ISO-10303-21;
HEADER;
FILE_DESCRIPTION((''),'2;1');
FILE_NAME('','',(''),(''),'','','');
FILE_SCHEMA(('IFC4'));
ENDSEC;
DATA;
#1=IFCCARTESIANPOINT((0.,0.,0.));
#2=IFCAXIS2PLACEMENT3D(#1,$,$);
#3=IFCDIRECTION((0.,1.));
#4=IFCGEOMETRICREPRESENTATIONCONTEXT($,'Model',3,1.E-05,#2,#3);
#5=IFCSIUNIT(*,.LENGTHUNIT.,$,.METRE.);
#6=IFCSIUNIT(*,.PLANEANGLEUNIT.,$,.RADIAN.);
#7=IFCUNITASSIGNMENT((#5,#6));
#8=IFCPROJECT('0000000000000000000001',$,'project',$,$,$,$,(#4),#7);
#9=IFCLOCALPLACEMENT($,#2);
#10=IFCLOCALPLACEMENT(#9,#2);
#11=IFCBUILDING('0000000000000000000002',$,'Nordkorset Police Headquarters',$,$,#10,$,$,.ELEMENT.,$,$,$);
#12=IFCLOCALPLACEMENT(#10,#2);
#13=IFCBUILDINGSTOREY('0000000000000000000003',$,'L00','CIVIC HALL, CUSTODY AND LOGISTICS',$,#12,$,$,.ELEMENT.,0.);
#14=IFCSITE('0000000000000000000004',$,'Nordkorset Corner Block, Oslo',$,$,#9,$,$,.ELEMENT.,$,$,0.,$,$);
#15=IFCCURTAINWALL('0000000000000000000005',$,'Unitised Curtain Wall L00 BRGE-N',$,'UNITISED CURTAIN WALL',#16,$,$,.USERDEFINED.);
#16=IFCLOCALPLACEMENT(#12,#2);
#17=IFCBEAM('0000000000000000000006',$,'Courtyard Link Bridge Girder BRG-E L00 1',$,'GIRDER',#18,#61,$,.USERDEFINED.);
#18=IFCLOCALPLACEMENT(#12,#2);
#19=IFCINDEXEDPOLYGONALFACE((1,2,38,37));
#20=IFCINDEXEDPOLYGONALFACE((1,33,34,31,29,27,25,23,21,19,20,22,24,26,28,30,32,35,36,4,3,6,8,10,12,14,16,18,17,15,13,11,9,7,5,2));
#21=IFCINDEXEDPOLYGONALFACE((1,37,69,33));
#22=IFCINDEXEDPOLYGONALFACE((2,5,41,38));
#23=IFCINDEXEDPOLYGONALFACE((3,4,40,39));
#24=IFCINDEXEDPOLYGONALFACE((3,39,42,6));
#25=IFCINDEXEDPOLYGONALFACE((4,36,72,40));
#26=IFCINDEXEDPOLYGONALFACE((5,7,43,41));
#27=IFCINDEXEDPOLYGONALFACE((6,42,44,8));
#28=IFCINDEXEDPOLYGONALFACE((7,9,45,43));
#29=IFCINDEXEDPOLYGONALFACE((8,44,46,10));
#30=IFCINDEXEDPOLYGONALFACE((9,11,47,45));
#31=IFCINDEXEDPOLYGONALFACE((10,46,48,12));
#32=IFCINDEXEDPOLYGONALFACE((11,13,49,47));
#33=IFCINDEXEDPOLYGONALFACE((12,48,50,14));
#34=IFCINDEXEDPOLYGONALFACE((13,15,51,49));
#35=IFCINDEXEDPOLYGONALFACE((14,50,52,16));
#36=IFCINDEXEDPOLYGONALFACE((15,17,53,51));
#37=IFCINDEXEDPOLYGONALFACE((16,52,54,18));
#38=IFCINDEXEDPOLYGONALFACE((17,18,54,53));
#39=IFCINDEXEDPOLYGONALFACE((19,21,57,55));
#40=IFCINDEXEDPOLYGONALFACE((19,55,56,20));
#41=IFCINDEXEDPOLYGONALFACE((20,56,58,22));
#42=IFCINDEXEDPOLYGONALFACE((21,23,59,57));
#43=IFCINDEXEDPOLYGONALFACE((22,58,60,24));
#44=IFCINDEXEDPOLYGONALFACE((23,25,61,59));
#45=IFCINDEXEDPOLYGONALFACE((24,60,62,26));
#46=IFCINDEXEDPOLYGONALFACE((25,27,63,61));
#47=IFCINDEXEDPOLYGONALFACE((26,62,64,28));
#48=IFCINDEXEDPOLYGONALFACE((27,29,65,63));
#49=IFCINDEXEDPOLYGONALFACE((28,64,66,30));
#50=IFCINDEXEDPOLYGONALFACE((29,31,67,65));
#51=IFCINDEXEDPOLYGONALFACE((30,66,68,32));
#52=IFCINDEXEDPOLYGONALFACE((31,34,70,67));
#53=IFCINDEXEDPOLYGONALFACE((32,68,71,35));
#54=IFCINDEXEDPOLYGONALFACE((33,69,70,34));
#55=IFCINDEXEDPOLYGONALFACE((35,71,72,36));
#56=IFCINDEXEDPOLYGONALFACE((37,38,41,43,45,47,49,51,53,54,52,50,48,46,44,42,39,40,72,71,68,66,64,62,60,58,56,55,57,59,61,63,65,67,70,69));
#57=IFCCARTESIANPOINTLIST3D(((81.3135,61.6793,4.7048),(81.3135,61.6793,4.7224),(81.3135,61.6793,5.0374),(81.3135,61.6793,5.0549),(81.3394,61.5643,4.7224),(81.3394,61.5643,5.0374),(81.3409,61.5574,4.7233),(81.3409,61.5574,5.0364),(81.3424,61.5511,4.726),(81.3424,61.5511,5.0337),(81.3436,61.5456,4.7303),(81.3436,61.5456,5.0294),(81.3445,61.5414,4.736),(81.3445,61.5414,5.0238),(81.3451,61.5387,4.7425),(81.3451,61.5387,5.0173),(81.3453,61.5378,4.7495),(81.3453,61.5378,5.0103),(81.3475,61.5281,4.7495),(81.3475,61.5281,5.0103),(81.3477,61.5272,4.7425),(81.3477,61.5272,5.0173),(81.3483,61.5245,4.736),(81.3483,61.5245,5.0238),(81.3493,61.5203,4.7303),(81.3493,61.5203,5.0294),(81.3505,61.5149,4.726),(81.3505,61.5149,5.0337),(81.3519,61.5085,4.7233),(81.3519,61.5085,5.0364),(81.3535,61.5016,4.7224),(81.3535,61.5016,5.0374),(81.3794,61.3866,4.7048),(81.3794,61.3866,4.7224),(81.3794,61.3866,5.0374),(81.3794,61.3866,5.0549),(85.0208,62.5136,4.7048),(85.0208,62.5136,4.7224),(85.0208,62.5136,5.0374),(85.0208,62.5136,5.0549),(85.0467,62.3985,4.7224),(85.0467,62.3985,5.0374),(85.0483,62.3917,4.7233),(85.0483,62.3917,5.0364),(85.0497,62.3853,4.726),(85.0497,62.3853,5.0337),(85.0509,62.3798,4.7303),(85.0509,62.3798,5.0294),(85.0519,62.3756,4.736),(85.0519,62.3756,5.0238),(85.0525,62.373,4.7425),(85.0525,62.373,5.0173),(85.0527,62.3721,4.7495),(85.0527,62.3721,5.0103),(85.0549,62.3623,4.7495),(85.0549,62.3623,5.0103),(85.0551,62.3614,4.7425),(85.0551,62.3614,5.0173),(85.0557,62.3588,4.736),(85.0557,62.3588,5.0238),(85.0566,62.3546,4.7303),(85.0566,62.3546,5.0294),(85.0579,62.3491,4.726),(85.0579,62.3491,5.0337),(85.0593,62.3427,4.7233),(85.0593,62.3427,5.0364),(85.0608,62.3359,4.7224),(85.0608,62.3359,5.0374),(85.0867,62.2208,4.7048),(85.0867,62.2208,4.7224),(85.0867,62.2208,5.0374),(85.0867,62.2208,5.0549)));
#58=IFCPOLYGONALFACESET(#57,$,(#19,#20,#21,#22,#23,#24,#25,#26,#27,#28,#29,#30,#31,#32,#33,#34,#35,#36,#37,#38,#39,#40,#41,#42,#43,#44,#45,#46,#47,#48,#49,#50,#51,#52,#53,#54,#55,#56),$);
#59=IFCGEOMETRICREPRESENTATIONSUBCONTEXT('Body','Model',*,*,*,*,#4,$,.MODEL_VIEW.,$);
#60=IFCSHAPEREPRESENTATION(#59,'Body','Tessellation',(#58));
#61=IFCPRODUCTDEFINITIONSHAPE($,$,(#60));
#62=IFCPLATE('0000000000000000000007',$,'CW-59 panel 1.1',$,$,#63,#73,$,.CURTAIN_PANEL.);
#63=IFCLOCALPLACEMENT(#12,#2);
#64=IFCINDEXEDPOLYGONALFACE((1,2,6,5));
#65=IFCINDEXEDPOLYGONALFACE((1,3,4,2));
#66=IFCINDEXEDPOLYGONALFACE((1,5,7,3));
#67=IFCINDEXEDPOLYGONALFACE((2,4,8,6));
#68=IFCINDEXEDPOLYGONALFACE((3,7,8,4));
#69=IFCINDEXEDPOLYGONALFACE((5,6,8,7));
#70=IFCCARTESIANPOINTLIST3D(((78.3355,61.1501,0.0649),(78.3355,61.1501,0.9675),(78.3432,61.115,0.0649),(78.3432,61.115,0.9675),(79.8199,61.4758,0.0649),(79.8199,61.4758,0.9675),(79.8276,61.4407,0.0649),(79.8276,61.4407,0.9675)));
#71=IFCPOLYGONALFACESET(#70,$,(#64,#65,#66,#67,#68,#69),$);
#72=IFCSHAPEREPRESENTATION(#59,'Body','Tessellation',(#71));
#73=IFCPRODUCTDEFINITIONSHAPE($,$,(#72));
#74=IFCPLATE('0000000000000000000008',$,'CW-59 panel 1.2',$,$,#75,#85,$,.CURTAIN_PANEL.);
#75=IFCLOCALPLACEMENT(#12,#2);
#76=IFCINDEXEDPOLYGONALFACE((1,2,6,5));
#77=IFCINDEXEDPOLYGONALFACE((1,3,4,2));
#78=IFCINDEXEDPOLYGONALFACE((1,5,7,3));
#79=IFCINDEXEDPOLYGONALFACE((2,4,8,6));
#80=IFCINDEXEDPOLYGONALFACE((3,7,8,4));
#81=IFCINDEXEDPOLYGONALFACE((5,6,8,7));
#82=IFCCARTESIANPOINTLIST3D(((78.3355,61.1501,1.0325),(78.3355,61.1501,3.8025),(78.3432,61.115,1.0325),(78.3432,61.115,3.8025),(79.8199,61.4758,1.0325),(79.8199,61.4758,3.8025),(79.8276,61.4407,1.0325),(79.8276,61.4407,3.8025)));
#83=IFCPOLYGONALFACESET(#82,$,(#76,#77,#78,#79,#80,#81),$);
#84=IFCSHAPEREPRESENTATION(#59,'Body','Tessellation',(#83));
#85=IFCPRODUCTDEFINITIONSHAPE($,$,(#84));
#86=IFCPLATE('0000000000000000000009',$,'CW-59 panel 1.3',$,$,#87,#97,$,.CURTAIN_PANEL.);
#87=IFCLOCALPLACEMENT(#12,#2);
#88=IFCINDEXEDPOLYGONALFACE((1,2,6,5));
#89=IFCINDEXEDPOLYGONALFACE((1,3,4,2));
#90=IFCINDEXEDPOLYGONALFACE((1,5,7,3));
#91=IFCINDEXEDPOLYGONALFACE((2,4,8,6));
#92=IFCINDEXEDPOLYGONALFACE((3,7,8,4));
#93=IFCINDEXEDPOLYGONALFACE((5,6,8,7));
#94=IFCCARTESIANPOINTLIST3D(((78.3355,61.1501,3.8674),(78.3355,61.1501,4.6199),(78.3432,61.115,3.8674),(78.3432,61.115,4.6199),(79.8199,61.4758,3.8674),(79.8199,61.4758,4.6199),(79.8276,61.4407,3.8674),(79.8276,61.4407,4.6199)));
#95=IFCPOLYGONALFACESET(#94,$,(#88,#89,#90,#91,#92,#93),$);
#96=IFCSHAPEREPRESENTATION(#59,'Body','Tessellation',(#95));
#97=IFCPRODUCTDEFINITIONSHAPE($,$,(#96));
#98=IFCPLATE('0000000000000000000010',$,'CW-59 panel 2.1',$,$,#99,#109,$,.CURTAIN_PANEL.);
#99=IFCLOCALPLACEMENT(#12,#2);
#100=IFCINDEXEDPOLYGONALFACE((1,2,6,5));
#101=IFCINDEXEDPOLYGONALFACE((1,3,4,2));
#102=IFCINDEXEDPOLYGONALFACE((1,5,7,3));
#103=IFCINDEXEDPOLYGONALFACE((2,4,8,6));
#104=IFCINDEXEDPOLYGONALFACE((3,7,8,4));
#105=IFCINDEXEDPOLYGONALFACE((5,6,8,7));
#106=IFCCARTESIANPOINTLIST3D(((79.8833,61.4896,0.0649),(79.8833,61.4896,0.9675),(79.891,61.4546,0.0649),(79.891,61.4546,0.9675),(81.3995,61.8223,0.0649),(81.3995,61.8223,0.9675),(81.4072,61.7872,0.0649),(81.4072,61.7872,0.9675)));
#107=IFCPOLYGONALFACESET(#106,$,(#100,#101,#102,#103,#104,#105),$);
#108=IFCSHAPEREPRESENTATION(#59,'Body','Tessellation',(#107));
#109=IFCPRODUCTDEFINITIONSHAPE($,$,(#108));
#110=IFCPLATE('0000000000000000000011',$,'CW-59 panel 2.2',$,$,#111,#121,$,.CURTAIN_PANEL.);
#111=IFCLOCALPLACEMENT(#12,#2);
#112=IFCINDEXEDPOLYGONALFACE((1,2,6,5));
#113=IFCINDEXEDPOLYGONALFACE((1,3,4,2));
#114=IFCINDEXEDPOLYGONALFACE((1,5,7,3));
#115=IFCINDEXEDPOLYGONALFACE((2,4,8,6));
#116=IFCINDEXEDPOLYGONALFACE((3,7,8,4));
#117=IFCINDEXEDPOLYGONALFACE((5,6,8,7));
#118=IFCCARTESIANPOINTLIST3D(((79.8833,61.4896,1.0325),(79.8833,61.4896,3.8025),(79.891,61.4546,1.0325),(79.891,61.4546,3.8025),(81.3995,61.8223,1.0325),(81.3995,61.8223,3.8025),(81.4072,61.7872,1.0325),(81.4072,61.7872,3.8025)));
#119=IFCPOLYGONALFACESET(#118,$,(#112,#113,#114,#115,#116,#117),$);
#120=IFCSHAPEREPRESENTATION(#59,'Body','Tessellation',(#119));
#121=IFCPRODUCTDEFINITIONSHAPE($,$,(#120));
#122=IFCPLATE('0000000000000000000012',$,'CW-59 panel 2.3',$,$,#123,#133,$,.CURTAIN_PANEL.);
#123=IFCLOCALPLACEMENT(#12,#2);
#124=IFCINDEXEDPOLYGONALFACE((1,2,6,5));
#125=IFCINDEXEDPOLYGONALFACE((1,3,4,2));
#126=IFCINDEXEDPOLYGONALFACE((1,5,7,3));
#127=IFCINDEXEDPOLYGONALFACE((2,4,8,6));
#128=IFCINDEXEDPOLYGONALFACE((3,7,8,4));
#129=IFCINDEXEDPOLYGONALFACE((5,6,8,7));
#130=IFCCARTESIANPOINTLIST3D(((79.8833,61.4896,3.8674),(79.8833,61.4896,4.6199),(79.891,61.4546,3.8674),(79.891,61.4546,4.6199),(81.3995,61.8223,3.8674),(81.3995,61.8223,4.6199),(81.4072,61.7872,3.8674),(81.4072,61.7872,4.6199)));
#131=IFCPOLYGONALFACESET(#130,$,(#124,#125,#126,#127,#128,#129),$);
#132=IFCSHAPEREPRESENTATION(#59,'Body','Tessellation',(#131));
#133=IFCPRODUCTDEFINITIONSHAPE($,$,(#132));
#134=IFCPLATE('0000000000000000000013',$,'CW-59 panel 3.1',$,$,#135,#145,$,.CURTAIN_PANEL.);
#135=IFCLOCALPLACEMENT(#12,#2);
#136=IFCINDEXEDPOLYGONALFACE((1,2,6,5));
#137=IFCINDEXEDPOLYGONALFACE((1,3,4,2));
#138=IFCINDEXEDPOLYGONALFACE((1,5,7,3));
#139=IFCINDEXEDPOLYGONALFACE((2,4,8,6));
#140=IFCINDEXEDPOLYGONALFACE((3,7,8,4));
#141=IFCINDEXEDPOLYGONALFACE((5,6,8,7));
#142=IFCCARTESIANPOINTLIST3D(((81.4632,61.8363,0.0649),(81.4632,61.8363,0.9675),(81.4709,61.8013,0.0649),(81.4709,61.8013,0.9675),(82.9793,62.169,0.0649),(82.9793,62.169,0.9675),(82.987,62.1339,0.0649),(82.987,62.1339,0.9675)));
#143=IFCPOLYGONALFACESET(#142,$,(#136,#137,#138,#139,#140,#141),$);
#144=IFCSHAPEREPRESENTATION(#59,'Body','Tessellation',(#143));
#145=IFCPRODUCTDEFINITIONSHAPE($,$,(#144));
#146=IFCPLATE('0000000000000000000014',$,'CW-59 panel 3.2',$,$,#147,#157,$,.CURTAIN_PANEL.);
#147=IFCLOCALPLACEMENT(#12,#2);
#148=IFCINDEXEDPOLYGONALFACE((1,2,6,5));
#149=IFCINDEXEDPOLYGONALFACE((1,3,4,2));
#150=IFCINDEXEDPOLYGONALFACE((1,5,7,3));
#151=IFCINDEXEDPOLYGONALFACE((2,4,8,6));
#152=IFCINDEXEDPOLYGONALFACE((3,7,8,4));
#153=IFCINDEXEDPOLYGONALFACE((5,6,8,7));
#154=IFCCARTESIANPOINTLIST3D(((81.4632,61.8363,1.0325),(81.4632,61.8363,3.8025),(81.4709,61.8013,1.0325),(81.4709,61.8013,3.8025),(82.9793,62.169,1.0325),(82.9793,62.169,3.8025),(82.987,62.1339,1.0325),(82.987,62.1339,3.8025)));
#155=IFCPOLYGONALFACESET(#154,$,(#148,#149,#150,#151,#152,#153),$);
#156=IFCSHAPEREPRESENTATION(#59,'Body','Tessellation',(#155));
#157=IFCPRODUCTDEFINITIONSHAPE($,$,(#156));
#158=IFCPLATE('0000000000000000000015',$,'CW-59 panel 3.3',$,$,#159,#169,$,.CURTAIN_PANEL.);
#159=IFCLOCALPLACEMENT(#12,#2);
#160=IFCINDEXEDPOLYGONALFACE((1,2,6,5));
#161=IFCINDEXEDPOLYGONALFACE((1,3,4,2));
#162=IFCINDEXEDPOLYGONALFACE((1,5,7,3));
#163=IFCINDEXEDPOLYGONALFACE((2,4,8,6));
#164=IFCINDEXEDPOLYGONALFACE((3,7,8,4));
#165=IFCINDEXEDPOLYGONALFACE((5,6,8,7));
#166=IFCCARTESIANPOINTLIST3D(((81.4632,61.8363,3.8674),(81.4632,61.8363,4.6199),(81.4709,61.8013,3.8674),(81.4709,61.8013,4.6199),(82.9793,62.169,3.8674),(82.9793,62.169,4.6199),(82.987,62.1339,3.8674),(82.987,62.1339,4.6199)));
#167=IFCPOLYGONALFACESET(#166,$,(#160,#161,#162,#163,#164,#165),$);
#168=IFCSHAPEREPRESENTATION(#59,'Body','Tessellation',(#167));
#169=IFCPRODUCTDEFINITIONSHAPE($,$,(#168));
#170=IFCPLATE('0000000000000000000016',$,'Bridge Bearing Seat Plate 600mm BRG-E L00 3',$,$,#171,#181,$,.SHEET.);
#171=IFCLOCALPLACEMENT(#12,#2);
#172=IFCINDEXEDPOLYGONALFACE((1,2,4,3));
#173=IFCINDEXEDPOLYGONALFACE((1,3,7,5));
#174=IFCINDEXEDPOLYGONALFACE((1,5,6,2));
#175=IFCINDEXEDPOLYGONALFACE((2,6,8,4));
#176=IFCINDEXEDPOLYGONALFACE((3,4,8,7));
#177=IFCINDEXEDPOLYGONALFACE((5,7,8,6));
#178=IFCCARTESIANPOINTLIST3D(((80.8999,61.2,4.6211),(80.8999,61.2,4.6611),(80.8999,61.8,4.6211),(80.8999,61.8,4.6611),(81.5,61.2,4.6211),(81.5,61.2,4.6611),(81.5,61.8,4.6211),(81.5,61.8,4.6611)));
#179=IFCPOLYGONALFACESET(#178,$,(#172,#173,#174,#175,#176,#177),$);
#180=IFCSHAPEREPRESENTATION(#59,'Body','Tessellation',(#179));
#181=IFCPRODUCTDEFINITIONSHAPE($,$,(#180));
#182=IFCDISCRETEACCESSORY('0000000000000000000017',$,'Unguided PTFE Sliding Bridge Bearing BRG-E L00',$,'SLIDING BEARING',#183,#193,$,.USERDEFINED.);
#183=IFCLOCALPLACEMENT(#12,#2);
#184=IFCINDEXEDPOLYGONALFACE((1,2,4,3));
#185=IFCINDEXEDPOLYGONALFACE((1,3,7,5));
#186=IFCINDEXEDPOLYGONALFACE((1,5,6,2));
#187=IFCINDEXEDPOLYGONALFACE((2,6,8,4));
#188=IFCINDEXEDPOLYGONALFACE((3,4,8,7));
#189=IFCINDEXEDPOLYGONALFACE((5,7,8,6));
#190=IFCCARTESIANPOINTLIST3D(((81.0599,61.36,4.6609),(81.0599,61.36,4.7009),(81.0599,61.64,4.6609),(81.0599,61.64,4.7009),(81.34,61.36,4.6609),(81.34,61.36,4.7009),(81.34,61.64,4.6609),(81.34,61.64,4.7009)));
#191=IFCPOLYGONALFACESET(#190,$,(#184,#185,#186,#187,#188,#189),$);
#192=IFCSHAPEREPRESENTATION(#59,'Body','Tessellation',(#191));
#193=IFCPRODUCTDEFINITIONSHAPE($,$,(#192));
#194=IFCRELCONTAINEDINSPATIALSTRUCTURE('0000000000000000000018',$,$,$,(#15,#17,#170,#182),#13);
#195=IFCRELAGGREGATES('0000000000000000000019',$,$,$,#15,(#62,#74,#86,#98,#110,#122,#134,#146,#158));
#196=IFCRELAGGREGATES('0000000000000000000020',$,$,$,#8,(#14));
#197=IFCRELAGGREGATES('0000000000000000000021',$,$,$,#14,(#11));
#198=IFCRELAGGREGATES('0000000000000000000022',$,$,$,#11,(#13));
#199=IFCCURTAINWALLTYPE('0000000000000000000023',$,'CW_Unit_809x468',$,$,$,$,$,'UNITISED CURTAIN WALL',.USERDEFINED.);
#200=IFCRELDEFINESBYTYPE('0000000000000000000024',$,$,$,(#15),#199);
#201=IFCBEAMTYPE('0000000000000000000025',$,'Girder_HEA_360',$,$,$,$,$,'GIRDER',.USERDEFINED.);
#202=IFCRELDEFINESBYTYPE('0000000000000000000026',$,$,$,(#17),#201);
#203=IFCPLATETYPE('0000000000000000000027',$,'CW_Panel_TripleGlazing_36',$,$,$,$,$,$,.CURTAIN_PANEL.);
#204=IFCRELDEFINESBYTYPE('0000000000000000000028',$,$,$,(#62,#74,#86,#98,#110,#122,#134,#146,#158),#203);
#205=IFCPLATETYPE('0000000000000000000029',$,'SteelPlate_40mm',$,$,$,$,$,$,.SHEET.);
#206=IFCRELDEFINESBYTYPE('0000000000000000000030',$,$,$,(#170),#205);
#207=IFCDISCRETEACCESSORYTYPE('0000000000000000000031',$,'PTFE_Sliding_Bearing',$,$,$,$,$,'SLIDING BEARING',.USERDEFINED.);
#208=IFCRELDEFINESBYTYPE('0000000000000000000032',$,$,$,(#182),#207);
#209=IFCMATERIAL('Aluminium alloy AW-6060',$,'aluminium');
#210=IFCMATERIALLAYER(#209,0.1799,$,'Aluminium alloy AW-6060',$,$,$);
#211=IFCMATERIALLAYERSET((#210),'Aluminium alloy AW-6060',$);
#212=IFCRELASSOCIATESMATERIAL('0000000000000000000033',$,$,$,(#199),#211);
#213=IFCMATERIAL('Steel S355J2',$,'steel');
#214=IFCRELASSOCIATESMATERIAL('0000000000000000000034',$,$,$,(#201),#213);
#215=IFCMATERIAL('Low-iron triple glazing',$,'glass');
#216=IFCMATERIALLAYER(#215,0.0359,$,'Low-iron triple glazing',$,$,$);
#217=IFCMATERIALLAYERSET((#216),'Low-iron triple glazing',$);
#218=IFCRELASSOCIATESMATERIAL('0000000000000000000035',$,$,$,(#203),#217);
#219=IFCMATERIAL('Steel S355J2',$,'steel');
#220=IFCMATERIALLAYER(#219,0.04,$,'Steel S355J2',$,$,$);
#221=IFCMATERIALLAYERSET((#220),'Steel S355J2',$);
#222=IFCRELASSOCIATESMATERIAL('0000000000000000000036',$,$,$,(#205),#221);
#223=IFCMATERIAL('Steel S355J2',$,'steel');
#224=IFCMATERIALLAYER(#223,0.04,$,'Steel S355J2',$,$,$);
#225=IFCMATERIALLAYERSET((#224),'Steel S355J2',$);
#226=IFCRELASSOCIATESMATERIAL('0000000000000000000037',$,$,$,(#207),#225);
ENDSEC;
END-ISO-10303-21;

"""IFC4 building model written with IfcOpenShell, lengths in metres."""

from ifc_helpers import new_model, si_unit, direction, frame, origin, origin_2d, place, context, subcontext, project, spatial, rectangle, i_section, extrude, material, layer, layer_set, material_profile, profile_set, type_object, element, aggregate, save


model = new_model("IFC4")

# Units and contexts
model_context = context("Model", 3, precision=1e-05, world=origin(), true_north=direction((0.0, 1.0)))
body_context = subcontext(model_context, "Body", "Model", "MODEL_VIEW")
ifc_project = project(units=[si_unit("LENGTHUNIT", "METRE"), si_unit("PLANEANGLEUNIT", "RADIAN")], contexts=[model_context])

# Site, building, storey
site_placement = place(None, origin())
site = spatial("IfcSite", under=ifc_project, at=site_placement, Name="Nordkorset Corner Block, Oslo", CompositionType="ELEMENT", RefElevation=0.0)
building_placement = place(site_placement, origin())
building = spatial("IfcBuilding", under=site, at=building_placement, Name="Nordkorset Police Headquarters", CompositionType="ELEMENT")
storey_placement = place(building_placement, origin())
storey = spatial("IfcBuildingStorey", under=building, at=storey_placement, Name="L00", Description="CIVIC HALL, CUSTODY AND LOGISTICS", CompositionType="ELEMENT", Elevation=0.0)

# Curtain wall
ifc_material_1 = material(Name="Aluminium alloy AW-6060", Category="aluminium")
ifc_layer_1 = layer(ifc_material_1, 0.1799, Name="Aluminium alloy AW-6060")
ifc_layer_set_1 = layer_set([ifc_layer_1], Name="Aluminium alloy AW-6060")
curtain_wall_type = type_object("IfcCurtainWallType", Name="CW_Unit_809x468", ElementType="UNITISED CURTAIN WALL", PredefinedType="USERDEFINED", material=ifc_layer_set_1)
curtain_wall_placement = place(storey_placement, origin())
curtain_wall = element("IfcCurtainWall", 1, at=curtain_wall_placement, inside=storey, type_object=curtain_wall_type, Name="Unitised Curtain Wall L00 BRGE-N", ObjectType="UNITISED CURTAIN WALL", PredefinedType="USERDEFINED")

# Beam
ifc_material_2 = material(Name="Steel S355J2", Category="steel")
ifc_material_profile_1 = material_profile(ifc_material_2, i_section(OverallWidth=0.3, OverallDepth=0.3501, WebThickness=0.01, FlangeThickness=0.0176, FilletRadius=0.0271, at=origin_2d()), Name="HEA 360")
ifc_profile_set_1 = profile_set([ifc_material_profile_1], Name="Steel S355J2")
beam_type = type_object("IfcBeamType", Name="Girder_HEA_360", ElementType="GIRDER", PredefinedType="USERDEFINED", material=ifc_profile_set_1)
beam_placement = place(storey_placement, frame((81.3464, 61.533, 4.8799), z_axis=(0.975605, 0.219535, 0.0), x_axis=(-0.219535, 0.975605, 0.0)))
element("IfcBeam", 2, at=beam_placement, inside=storey, type_object=beam_type, Name="Courtyard Link Bridge Girder BRG-E L00 1", ObjectType="GIRDER", PredefinedType="USERDEFINED", context=body_context, shape_type="SweptSolid", body=[
    extrude(i_section(OverallWidth=0.3, OverallDepth=0.3501, WebThickness=0.01, FlangeThickness=0.0176, FilletRadius=0.0271, at=origin_2d()), origin(), (0.0, 0.0, 1.0), 3.8),
])

# Plates
ifc_material_3 = material(Name="Low-iron triple glazing", Category="glass")
ifc_layer_2 = layer(ifc_material_3, 0.0359, Name="Low-iron triple glazing")
ifc_layer_set_2 = layer_set([ifc_layer_2], Name="Low-iron triple glazing")
plate_type_1 = type_object("IfcPlateType", Name="CW_Panel_TripleGlazing_36", PredefinedType="CURTAIN_PANEL", material=ifc_layer_set_2)
plate_1_placement = place(storey_placement, frame((79.0815, 61.2954, 0.0649), z_axis=(0.0, 0.0, 1.0), x_axis=(0.976768, 0.214298, 0.0)))
plate_1 = element("IfcPlate", 3, at=plate_1_placement, type_object=plate_type_1, Name="CW-59 panel 1.1", PredefinedType="CURTAIN_PANEL", context=body_context, shape_type="SweptSolid", body=[
    extrude(rectangle(XDim=1.5198, YDim=0.0359, at=origin_2d()), origin(), (0.0, 0.0, 1.0), 0.9026),
])
plate_2_placement = place(storey_placement, frame((79.0815, 61.2954, 1.0325), z_axis=(0.0, 0.0, 1.0), x_axis=(0.976768, 0.214298, 0.0)))
plate_2 = element("IfcPlate", 4, at=plate_2_placement, type_object=plate_type_1, Name="CW-59 panel 1.2", PredefinedType="CURTAIN_PANEL", context=body_context, shape_type="SweptSolid", body=[
    extrude(rectangle(XDim=1.5198, YDim=0.0359, at=origin_2d()), origin(), (0.0, 0.0, 1.0), 2.77),
])
plate_3_placement = place(storey_placement, frame((79.0815, 61.2954, 3.8674), z_axis=(0.0, 0.0, 1.0), x_axis=(0.976768, 0.214298, 0.0)))
plate_3 = element("IfcPlate", 5, at=plate_3_placement, type_object=plate_type_1, Name="CW-59 panel 1.3", PredefinedType="CURTAIN_PANEL", context=body_context, shape_type="SweptSolid", body=[
    extrude(rectangle(XDim=1.5198, YDim=0.0359, at=origin_2d()), origin(), (0.0, 0.0, 1.0), 0.7524),
])
plate_4_placement = place(storey_placement, frame((80.6453, 61.6384, 0.0649), z_axis=(0.0, 0.0, 1.0), x_axis=(0.976768, 0.214298, 0.0)))
plate_4 = element("IfcPlate", 6, at=plate_4_placement, type_object=plate_type_1, Name="CW-59 panel 2.1", PredefinedType="CURTAIN_PANEL", context=body_context, shape_type="SweptSolid", body=[
    extrude(rectangle(XDim=1.5522, YDim=0.0359, at=origin_2d()), origin(), (0.0, 0.0, 1.0), 0.9026),
])
plate_5_placement = place(storey_placement, frame((80.6453, 61.6384, 1.0325), z_axis=(0.0, 0.0, 1.0), x_axis=(0.976768, 0.214298, 0.0)))
plate_5 = element("IfcPlate", 7, at=plate_5_placement, type_object=plate_type_1, Name="CW-59 panel 2.2", PredefinedType="CURTAIN_PANEL", context=body_context, shape_type="SweptSolid", body=[
    extrude(rectangle(XDim=1.5522, YDim=0.0359, at=origin_2d()), origin(), (0.0, 0.0, 1.0), 2.77),
])
plate_6_placement = place(storey_placement, frame((80.6453, 61.6384, 3.8674), z_axis=(0.0, 0.0, 1.0), x_axis=(0.976768, 0.214298, 0.0)))
plate_6 = element("IfcPlate", 8, at=plate_6_placement, type_object=plate_type_1, Name="CW-59 panel 2.3", PredefinedType="CURTAIN_PANEL", context=body_context, shape_type="SweptSolid", body=[
    extrude(rectangle(XDim=1.5522, YDim=0.0359, at=origin_2d()), origin(), (0.0, 0.0, 1.0), 0.7524),
])
plate_7_placement = place(storey_placement, frame((82.2251, 61.9851, 0.0649), z_axis=(0.0, 0.0, 1.0), x_axis=(0.976768, 0.214298, 0.0)))
plate_7 = element("IfcPlate", 9, at=plate_7_placement, type_object=plate_type_1, Name="CW-59 panel 3.1", PredefinedType="CURTAIN_PANEL", context=body_context, shape_type="SweptSolid", body=[
    extrude(rectangle(XDim=1.5522, YDim=0.0359, at=origin_2d()), origin(), (0.0, 0.0, 1.0), 0.9026),
])
plate_8_placement = place(storey_placement, frame((82.2251, 61.9851, 1.0325), z_axis=(0.0, 0.0, 1.0), x_axis=(0.976768, 0.214298, 0.0)))
plate_8 = element("IfcPlate", 10, at=plate_8_placement, type_object=plate_type_1, Name="CW-59 panel 3.2", PredefinedType="CURTAIN_PANEL", context=body_context, shape_type="SweptSolid", body=[
    extrude(rectangle(XDim=1.5522, YDim=0.0359, at=origin_2d()), origin(), (0.0, 0.0, 1.0), 2.77),
])
plate_9_placement = place(storey_placement, frame((82.2251, 61.9851, 3.8674), z_axis=(0.0, 0.0, 1.0), x_axis=(0.976768, 0.214298, 0.0)))
plate_9 = element("IfcPlate", 11, at=plate_9_placement, type_object=plate_type_1, Name="CW-59 panel 3.3", PredefinedType="CURTAIN_PANEL", context=body_context, shape_type="SweptSolid", body=[
    extrude(rectangle(XDim=1.5522, YDim=0.0359, at=origin_2d()), origin(), (0.0, 0.0, 1.0), 0.7524),
])
aggregate(curtain_wall, [plate_1, plate_2, plate_3, plate_4, plate_5, plate_6, plate_7, plate_8, plate_9])
ifc_material_4 = material(Name="Steel S355J2", Category="steel")
ifc_layer_3 = layer(ifc_material_4, 0.04, Name="Steel S355J2")
ifc_layer_set_3 = layer_set([ifc_layer_3], Name="Steel S355J2")
plate_type_2 = type_object("IfcPlateType", Name="SteelPlate_40mm", PredefinedType="SHEET", material=ifc_layer_set_3)
plate_10_placement = place(storey_placement, frame((81.2, 61.5, 4.6211), z_axis=(0.0, 0.0, 1.0), x_axis=(1.0, 0.0, 0.0)))
element("IfcPlate", 12, at=plate_10_placement, inside=storey, type_object=plate_type_2, Name="Bridge Bearing Seat Plate 600mm BRG-E L00 3", PredefinedType="SHEET", context=body_context, shape_type="SweptSolid", body=[
    extrude(rectangle(XDim=0.6001, YDim=0.6001, at=origin_2d()), origin(), (0.0, 0.0, 1.0), 0.04),
])

# Discrete accessory
ifc_material_5 = material(Name="Steel S355J2", Category="steel")
ifc_layer_4 = layer(ifc_material_5, 0.04, Name="Steel S355J2")
ifc_layer_set_4 = layer_set([ifc_layer_4], Name="Steel S355J2")
discrete_accessory_type = type_object("IfcDiscreteAccessoryType", Name="PTFE_Sliding_Bearing", ElementType="SLIDING BEARING", PredefinedType="USERDEFINED", material=ifc_layer_set_4)
discrete_accessory_placement = place(storey_placement, frame((81.2, 61.5, 4.6609), z_axis=(0.0, 0.0, 1.0), x_axis=(1.0, 0.0, 0.0)))
element("IfcDiscreteAccessory", 13, at=discrete_accessory_placement, inside=storey, type_object=discrete_accessory_type, Name="Unguided PTFE Sliding Bridge Bearing BRG-E L00", ObjectType="SLIDING BEARING", PredefinedType="USERDEFINED", context=body_context, shape_type="SweptSolid", body=[
    extrude(rectangle(XDim=0.28, YDim=0.28, at=origin_2d()), origin(), (0.0, 0.0, 1.0), 0.04),
])

save(model, "model.ifc")
